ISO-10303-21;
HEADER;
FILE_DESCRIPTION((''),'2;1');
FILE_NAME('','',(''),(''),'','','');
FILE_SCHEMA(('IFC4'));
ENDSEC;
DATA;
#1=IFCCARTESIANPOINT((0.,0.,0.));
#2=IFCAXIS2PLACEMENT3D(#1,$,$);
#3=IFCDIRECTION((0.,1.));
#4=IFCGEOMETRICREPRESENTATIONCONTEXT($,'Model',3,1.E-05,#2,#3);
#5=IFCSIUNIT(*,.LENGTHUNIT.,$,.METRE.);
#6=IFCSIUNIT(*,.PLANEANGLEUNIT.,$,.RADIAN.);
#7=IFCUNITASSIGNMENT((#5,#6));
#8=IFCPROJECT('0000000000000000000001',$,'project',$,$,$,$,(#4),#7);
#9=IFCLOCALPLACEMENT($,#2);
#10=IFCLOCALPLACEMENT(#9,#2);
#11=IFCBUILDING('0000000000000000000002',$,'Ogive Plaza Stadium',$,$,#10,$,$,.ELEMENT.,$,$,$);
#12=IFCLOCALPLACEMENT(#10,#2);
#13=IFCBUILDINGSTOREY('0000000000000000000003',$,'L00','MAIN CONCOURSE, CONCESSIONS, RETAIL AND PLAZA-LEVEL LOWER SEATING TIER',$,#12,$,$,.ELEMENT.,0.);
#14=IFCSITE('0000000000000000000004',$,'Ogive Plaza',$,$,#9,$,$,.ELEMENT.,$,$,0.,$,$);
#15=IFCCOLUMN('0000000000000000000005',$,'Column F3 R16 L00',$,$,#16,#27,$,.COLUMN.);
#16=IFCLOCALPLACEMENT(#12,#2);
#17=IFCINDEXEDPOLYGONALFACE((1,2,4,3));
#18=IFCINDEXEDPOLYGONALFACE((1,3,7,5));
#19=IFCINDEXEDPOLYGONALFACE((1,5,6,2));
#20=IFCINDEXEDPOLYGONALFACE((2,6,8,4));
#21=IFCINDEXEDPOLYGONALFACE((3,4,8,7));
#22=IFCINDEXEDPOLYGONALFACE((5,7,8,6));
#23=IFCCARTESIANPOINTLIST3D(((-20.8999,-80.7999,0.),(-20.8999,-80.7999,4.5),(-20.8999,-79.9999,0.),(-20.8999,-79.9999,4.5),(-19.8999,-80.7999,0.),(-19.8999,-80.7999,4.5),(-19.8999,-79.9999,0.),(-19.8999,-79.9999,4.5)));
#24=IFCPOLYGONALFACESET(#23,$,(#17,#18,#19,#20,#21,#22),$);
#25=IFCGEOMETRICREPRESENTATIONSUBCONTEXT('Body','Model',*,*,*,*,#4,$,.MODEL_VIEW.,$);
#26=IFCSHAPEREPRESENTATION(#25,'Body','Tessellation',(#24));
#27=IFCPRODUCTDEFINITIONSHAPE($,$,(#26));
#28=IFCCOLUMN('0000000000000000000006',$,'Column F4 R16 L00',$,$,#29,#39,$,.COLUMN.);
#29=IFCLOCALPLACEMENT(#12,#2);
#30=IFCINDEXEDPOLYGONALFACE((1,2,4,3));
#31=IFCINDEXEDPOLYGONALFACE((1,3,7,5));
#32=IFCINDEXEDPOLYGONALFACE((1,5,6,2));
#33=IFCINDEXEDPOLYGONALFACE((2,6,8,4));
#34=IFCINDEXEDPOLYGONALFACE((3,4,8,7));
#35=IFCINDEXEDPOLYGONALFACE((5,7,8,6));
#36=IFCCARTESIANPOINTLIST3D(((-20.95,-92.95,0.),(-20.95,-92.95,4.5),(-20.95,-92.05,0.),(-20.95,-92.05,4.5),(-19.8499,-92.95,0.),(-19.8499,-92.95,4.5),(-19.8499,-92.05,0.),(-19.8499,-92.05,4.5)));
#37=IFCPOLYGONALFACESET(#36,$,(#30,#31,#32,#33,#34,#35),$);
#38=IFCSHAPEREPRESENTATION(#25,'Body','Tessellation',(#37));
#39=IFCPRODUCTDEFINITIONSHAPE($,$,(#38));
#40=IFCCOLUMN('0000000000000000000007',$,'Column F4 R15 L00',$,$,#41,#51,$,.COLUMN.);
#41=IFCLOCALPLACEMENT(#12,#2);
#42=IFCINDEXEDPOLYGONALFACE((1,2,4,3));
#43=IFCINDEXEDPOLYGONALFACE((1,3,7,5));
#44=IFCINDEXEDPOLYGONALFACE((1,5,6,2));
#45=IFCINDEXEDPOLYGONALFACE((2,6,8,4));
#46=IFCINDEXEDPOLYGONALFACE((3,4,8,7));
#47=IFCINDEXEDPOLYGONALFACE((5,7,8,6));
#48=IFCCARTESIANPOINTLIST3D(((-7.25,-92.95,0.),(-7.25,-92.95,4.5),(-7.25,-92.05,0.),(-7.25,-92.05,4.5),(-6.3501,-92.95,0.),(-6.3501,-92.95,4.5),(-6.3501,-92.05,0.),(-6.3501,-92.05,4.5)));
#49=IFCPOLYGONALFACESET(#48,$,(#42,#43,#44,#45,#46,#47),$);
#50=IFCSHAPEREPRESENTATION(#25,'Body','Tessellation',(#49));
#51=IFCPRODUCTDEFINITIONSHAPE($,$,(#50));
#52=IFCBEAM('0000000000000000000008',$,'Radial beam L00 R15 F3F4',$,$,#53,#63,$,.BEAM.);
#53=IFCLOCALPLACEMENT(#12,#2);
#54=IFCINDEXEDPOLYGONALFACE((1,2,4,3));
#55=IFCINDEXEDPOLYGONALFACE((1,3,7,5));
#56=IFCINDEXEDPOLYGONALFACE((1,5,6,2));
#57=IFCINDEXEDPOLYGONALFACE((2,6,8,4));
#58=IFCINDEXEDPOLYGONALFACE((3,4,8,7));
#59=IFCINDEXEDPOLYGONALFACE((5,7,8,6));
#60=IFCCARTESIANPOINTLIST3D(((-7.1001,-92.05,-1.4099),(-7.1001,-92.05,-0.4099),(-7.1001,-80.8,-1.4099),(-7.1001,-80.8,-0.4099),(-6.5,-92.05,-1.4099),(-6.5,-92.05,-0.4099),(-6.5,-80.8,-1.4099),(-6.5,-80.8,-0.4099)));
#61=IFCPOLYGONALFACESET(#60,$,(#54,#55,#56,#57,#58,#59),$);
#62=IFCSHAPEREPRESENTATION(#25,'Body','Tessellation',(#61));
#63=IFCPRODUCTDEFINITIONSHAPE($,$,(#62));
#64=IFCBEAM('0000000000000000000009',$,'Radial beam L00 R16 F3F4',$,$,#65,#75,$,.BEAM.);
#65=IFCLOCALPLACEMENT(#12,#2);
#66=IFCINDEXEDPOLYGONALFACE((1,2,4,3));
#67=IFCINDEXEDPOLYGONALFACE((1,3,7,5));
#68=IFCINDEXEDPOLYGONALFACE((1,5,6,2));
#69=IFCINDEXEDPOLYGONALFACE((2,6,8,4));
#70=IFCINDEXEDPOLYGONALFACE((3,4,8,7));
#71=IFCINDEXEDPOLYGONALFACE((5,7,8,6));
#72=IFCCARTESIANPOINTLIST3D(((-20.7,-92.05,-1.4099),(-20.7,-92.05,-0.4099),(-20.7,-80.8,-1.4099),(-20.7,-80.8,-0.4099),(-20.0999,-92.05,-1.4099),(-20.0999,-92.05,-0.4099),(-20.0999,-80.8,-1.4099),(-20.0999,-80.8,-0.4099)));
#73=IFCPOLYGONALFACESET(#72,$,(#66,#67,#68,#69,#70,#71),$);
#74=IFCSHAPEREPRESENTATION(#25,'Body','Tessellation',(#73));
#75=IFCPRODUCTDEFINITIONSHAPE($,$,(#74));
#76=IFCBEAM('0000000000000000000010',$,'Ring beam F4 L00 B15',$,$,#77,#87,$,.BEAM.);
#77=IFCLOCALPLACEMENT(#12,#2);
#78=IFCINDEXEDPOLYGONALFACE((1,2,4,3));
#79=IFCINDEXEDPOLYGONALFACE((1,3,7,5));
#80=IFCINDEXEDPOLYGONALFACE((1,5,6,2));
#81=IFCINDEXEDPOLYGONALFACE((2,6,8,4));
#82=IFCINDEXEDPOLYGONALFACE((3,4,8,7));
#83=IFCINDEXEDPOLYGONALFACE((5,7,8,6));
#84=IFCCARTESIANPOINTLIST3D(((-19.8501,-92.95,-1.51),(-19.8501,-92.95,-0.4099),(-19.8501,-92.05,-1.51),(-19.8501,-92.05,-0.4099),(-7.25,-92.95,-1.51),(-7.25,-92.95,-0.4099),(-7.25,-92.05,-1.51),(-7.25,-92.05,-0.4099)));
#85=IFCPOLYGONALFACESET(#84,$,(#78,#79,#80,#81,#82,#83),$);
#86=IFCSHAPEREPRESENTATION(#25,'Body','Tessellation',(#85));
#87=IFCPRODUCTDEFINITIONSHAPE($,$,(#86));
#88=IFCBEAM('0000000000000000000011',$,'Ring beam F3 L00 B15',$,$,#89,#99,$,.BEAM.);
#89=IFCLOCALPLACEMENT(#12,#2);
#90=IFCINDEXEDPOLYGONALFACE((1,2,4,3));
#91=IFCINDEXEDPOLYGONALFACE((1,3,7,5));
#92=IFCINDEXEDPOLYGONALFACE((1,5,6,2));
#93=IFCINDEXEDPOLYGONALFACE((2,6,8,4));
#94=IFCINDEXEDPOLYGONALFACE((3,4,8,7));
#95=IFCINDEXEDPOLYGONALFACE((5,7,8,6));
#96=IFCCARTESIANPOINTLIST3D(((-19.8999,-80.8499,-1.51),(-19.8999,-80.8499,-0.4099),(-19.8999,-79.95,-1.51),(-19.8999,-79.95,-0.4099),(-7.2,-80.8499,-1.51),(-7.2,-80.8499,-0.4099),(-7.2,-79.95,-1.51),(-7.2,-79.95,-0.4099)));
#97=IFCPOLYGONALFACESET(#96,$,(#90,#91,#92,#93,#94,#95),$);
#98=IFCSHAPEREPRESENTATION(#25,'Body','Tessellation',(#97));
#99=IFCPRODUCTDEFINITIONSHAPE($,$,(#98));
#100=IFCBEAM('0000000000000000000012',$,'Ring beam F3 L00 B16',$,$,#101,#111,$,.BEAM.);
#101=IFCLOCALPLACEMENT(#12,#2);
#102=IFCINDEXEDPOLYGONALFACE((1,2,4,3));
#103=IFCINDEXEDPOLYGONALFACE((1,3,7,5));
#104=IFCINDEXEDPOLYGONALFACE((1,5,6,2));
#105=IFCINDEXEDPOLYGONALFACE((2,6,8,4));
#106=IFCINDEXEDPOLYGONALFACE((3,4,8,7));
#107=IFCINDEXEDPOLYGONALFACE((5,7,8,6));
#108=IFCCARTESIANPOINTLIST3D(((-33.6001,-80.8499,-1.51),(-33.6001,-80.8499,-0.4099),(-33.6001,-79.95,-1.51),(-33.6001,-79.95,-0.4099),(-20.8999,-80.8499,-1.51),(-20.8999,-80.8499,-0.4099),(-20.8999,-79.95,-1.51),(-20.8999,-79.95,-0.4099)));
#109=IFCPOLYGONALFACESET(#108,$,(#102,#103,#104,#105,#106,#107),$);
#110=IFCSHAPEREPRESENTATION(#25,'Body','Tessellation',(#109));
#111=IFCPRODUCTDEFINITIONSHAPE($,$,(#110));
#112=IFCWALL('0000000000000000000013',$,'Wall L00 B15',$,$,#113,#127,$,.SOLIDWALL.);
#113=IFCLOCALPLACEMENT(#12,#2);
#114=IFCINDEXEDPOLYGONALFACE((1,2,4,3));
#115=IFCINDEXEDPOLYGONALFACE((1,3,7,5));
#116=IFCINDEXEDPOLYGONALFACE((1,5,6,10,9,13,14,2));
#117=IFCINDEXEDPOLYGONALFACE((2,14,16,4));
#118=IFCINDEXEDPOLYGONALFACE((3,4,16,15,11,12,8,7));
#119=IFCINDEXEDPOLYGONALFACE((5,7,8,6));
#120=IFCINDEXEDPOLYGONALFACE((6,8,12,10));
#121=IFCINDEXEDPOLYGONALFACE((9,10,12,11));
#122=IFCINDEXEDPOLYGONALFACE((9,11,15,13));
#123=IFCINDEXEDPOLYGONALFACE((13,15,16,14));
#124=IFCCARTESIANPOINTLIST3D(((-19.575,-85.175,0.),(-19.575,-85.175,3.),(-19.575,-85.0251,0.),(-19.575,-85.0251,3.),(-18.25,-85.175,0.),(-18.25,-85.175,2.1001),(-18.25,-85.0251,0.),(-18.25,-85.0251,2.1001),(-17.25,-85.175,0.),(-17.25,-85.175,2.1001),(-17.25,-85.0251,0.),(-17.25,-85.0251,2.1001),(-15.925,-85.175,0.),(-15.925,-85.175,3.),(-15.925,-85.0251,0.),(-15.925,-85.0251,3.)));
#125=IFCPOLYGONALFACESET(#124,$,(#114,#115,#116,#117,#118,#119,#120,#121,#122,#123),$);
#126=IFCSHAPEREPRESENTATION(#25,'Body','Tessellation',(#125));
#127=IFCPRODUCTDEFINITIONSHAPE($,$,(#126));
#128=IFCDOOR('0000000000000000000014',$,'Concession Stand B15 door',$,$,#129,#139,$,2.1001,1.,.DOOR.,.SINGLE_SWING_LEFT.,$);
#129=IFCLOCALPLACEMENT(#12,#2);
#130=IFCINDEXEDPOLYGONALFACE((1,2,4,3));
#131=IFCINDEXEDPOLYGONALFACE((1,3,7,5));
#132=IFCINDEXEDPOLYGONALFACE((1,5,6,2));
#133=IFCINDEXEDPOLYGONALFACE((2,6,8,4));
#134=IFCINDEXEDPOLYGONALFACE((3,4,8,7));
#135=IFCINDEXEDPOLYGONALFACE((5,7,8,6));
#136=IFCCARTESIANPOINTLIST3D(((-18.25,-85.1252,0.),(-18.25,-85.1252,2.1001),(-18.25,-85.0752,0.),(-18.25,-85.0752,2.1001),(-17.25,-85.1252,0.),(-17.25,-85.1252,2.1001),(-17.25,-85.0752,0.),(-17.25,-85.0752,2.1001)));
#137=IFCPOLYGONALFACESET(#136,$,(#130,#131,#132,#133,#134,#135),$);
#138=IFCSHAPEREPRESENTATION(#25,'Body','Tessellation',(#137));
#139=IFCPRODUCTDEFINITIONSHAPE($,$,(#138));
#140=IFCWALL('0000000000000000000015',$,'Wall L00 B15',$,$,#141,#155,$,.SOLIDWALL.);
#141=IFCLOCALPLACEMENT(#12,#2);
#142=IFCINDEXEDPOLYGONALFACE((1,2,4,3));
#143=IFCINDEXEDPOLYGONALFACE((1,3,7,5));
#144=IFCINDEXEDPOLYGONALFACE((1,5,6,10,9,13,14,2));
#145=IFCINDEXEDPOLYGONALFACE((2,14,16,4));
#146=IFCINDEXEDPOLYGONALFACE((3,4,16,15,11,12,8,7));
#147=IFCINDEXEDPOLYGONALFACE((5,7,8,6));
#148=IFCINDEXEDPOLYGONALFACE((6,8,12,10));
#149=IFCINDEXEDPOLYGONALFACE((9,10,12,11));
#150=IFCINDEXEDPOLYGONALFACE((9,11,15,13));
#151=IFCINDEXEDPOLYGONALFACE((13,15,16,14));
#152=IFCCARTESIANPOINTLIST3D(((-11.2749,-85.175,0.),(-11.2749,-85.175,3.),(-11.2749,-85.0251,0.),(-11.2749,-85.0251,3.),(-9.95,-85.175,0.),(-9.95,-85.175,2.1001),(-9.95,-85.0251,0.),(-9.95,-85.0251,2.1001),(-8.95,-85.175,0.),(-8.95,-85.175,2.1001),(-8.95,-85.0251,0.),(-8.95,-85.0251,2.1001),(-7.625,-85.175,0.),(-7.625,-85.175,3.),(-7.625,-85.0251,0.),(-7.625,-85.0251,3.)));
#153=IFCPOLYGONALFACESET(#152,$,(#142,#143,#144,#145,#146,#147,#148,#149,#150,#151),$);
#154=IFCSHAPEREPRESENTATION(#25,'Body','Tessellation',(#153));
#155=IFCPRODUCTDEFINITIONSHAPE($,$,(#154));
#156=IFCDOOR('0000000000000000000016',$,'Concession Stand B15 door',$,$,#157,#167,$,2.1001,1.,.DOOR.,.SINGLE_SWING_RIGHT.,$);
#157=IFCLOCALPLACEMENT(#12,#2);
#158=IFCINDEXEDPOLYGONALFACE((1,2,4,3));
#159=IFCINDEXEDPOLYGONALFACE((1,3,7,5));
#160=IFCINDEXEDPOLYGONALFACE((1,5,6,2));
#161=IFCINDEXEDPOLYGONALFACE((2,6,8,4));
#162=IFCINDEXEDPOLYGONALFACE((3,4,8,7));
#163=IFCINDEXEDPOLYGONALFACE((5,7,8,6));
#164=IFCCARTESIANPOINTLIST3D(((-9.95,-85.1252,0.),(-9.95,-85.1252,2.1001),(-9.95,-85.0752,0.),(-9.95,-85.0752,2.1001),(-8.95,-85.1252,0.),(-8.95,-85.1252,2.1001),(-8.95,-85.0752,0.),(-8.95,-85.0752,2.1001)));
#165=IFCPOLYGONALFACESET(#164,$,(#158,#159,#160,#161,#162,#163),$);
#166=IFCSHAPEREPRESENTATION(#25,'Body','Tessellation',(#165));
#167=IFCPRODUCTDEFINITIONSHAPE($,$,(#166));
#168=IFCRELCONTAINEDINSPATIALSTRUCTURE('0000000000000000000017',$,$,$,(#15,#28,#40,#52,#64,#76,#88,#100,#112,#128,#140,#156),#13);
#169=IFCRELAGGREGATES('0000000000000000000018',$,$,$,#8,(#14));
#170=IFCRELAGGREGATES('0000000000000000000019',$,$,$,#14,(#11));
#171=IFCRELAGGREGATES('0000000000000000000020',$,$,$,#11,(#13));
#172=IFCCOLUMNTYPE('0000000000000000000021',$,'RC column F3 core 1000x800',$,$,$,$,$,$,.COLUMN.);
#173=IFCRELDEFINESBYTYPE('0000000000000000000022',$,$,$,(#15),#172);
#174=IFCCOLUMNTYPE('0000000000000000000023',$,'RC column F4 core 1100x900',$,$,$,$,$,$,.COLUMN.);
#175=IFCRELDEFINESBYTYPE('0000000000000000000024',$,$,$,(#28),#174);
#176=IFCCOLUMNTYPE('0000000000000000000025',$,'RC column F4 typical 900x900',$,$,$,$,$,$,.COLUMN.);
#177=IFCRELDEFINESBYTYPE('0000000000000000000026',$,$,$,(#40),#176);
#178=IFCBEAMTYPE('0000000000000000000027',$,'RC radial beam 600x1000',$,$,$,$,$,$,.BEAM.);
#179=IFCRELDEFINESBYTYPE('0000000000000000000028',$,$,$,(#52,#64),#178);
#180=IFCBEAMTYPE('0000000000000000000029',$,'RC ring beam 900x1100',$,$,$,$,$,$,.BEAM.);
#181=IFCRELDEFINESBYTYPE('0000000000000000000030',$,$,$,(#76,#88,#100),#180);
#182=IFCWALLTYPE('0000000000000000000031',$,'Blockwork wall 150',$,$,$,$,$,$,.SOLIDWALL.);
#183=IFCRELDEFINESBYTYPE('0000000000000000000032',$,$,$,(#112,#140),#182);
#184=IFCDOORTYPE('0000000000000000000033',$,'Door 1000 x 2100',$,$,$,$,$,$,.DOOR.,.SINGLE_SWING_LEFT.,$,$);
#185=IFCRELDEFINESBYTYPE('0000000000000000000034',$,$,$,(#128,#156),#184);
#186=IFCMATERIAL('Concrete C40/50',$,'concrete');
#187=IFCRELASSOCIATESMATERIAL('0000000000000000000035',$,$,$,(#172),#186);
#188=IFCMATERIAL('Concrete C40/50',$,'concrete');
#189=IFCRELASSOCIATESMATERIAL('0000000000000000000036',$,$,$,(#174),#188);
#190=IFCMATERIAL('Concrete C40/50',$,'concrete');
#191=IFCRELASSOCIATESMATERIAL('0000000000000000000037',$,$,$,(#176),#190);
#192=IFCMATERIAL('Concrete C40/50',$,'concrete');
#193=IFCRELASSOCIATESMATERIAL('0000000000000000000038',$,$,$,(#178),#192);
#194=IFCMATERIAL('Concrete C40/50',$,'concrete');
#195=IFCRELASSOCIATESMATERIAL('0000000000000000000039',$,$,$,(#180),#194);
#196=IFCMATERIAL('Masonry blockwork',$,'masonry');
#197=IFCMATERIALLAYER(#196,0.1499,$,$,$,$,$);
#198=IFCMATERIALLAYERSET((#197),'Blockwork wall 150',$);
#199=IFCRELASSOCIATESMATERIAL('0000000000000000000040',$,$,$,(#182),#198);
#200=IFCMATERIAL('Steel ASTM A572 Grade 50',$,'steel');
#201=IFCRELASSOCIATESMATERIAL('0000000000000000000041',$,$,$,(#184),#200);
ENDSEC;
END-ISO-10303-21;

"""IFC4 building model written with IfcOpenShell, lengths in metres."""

from ifc_helpers import new_model, si_unit, direction, frame, frame_2d, origin, origin_2d, place, context, subcontext, project, spatial, rectangle, extrude, material, layer, layer_set, material_profile, profile_set, type_object, element, fill, save


model = new_model("IFC4")

# Units and contexts
model_context = context("Model", 3, precision=1e-05, world=origin(), true_north=direction((0.0, 1.0)))
body_context = subcontext(model_context, "Body", "Model", "MODEL_VIEW")
ifc_project = project(units=[si_unit("LENGTHUNIT", "METRE"), si_unit("PLANEANGLEUNIT", "RADIAN")], contexts=[model_context])

# Site, building, storey
site_placement = place(None, origin())
site = spatial("IfcSite", under=ifc_project, at=site_placement, Name="Ogive Plaza", CompositionType="ELEMENT", RefElevation=0.0)
building_placement = place(site_placement, origin())
building = spatial("IfcBuilding", under=site, at=building_placement, Name="Ogive Plaza Stadium", CompositionType="ELEMENT")
storey_placement = place(building_placement, origin())
storey = spatial("IfcBuildingStorey", under=building, at=storey_placement, Name="L00", Description="MAIN CONCOURSE, CONCESSIONS, RETAIL AND PLAZA-LEVEL LOWER SEATING TIER", CompositionType="ELEMENT", Elevation=0.0)

# Columns
ifc_material_1 = material(Name="Concrete C40/50", Category="concrete")
ifc_material_profile_1 = material_profile(ifc_material_1, rectangle(XDim=1.0, YDim=0.8, at=origin_2d()), Name="RC 1000x800")
ifc_profile_set_1 = profile_set([ifc_material_profile_1], Name="Concrete C40/50")
column_type_1 = type_object("IfcColumnType", Name="RC column F3 core 1000x800", PredefinedType="COLUMN", material=ifc_profile_set_1)
column_1_placement = place(storey_placement, frame((-20.3999, -80.3999, 0.0), z_axis=(0.0, 0.0, 1.0), x_axis=(1.0, 0.0, 0.0)))
element("IfcColumn", 1, at=column_1_placement, inside=storey, type_object=column_type_1, Name="Column F3 R16 L00", PredefinedType="COLUMN", context=body_context, shape_type="SweptSolid", body=[
    extrude(rectangle(XDim=1.0, YDim=0.8, at=origin_2d()), origin(), (0.0, 0.0, 1.0), 4.5),
])
ifc_material_2 = material(Name="Concrete C40/50", Category="concrete")
ifc_material_profile_2 = material_profile(ifc_material_2, rectangle(XDim=1.1001, YDim=0.8999, at=origin_2d()), Name="RC 1100x900")
ifc_profile_set_2 = profile_set([ifc_material_profile_2], Name="Concrete C40/50")
column_type_2 = type_object("IfcColumnType", Name="RC column F4 core 1100x900", PredefinedType="COLUMN", material=ifc_profile_set_2)
column_2_placement = place(storey_placement, frame((-20.3999, -92.5, 0.0), z_axis=(0.0, 0.0, 1.0), x_axis=(1.0, 0.0, 0.0)))
element("IfcColumn", 2, at=column_2_placement, inside=storey, type_object=column_type_2, Name="Column F4 R16 L00", PredefinedType="COLUMN", context=body_context, shape_type="SweptSolid", body=[
    extrude(rectangle(XDim=1.1001, YDim=0.8999, at=origin_2d()), origin(), (0.0, 0.0, 1.0), 4.5),
])
ifc_material_3 = material(Name="Concrete C40/50", Category="concrete")
ifc_material_profile_3 = material_profile(ifc_material_3, rectangle(XDim=0.8999, YDim=0.8999, at=origin_2d()), Name="RC 900x900")
ifc_profile_set_3 = profile_set([ifc_material_profile_3], Name="Concrete C40/50")
column_type_3 = type_object("IfcColumnType", Name="RC column F4 typical 900x900", PredefinedType="COLUMN", material=ifc_profile_set_3)
column_3_placement = place(storey_placement, frame((-6.8, -92.5, 0.0), z_axis=(0.0, 0.0, 1.0), x_axis=(1.0, 0.0, 0.0)))
element("IfcColumn", 3, at=column_3_placement, inside=storey, type_object=column_type_3, Name="Column F4 R15 L00", PredefinedType="COLUMN", context=body_context, shape_type="SweptSolid", body=[
    extrude(rectangle(XDim=0.8999, YDim=0.8999, at=origin_2d()), origin(), (0.0, 0.0, 1.0), 4.5),
])

# Beams
ifc_material_4 = material(Name="Concrete C40/50", Category="concrete")
ifc_material_profile_4 = material_profile(ifc_material_4, rectangle(XDim=0.6001, YDim=1.0, at=origin_2d()), Name="RC 600x1000")
ifc_profile_set_4 = profile_set([ifc_material_profile_4], Name="Concrete C40/50")
beam_type_1 = type_object("IfcBeamType", Name="RC radial beam 600x1000", PredefinedType="BEAM", material=ifc_profile_set_4)
for number, where, z_axis, x_axis, name in (
    (4, (-6.8, -80.8, -0.9099), (0.0, -1.0, 0.0), (1.0, 0.0, 0.0), "Radial beam L00 R15 F3F4"),
    (5, (-20.3999, -80.8, -0.9099), (0.0, -1.0, 0.0), (1.0, 0.0, 0.0), "Radial beam L00 R16 F3F4"),
):
    element("IfcBeam", number, at=place(storey_placement, frame(where, z_axis=z_axis, x_axis=x_axis)), inside=storey, type_object=beam_type_1, Name=name, PredefinedType="BEAM", context=body_context, shape_type="SweptSolid", body=[
        extrude(rectangle(XDim=0.6001, YDim=1.0, at=origin_2d()), origin(), (0.0, 0.0, 1.0), 11.25),
    ])
ifc_material_5 = material(Name="Concrete C40/50", Category="concrete")
ifc_material_profile_5 = material_profile(ifc_material_5, rectangle(XDim=0.8999, YDim=1.1001, at=origin_2d()), Name="RC 900x1100")
ifc_profile_set_5 = profile_set([ifc_material_profile_5], Name="Concrete C40/50")
beam_type_2 = type_object("IfcBeamType", Name="RC ring beam 900x1100", PredefinedType="BEAM", material=ifc_profile_set_5)
beam_1_placement = place(storey_placement, frame((-7.25, -92.5, -0.96), z_axis=(-1.0, 0.0, 0.0), x_axis=(0.0, -1.0, 0.0)))
element("IfcBeam", 6, at=beam_1_placement, inside=storey, type_object=beam_type_2, Name="Ring beam F4 L00 B15", PredefinedType="BEAM", context=body_context, shape_type="SweptSolid", body=[
    extrude(rectangle(XDim=0.8999, YDim=1.1001, at=origin_2d()), origin(), (0.0, 0.0, 1.0), 12.6001),
])
beam_2_placement = place(storey_placement, frame((-7.2, -80.3999, -0.96), z_axis=(-1.0, 0.0, 0.0), x_axis=(0.0, -1.0, 0.0)))
element("IfcBeam", 7, at=beam_2_placement, inside=storey, type_object=beam_type_2, Name="Ring beam F3 L00 B15", PredefinedType="BEAM", context=body_context, shape_type="SweptSolid", body=[
    extrude(rectangle(XDim=0.8999, YDim=1.1001, at=origin_2d()), origin(), (0.0, 0.0, 1.0), 12.7),
])
beam_3_placement = place(storey_placement, frame((-20.8999, -80.3999, -0.96), z_axis=(-1.0, 0.0, 0.0), x_axis=(0.0, -1.0, 0.0)))
element("IfcBeam", 8, at=beam_3_placement, inside=storey, type_object=beam_type_2, Name="Ring beam F3 L00 B16", PredefinedType="BEAM", context=body_context, shape_type="SweptSolid", body=[
    extrude(rectangle(XDim=0.8999, YDim=1.1001, at=origin_2d()), origin(), (0.0, 0.0, 1.0), 12.7002),
])

# Walls, openings, doors
ifc_material_6 = material(Name="Masonry blockwork", Category="masonry")
ifc_layer_1 = layer(ifc_material_6, 0.1499)
ifc_layer_set_1 = layer_set([ifc_layer_1], Name="Blockwork wall 150")
wall_type_1 = type_object("IfcWallType", Name="Blockwork wall 150", PredefinedType="SOLIDWALL", material=ifc_layer_set_1)
wall_1_placement = place(storey_placement, frame((-19.575, -85.1001, 0.0), z_axis=(0.0, 0.0, 1.0), x_axis=(1.0, 0.0, 0.0)))
wall_1 = element("IfcWall", 9, at=wall_1_placement, inside=storey, type_object=wall_type_1, Name="Wall L00 B15", PredefinedType="SOLIDWALL", context=body_context, shape_type="SweptSolid", body=[
    extrude(rectangle(XDim=3.6499, YDim=0.1499, at=frame_2d((1.825, 0.0))), origin(), (0.0, 0.0, 1.0), 3.0),
])
opening_1_placement = place(wall_1_placement, frame((1.325, 0.0, 0.0)))
opening_1 = element("IfcOpeningElement", 10, at=opening_1_placement, cuts=wall_1, PredefinedType="OPENING", context=body_context, shape_type="SweptSolid", body=[
    extrude(rectangle(XDim=1.0, YDim=2.1001, at=frame_2d((0.5, 1.05))), frame((0.0, 0.075, 0.0), z_axis=(0.0, -1.0, 0.0), x_axis=(1.0, 0.0, 0.0)), (0.0, 0.0, 1.0), 0.1499),
])
ifc_material_7 = material(Name="Steel ASTM A572 Grade 50", Category="steel")
door_type_1 = type_object("IfcDoorType", Name="Door 1000 x 2100", OperationType="SINGLE_SWING_LEFT", PredefinedType="DOOR", material=ifc_material_7)
door_1_placement = place(opening_1_placement, origin())
door_1 = element("IfcDoor", 11, at=door_1_placement, inside=storey, type_object=door_type_1, Name="Concession Stand B15 door", OperationType="SINGLE_SWING_LEFT", OverallHeight=2.1001, OverallWidth=1.0, PredefinedType="DOOR", context=body_context, shape_type="SweptSolid", body=[
    extrude(rectangle(XDim=1.0, YDim=2.1001, at=frame_2d((0.5, 1.05))), frame((0.0, 0.0249, 0.0), z_axis=(0.0, -1.0, 0.0), x_axis=(1.0, 0.0, 0.0)), (0.0, 0.0, 1.0), 0.05),
])
fill(opening_1, door_1)
wall_2_placement = place(storey_placement, frame((-11.2749, -85.1001, 0.0), z_axis=(0.0, 0.0, 1.0), x_axis=(1.0, 0.0, 0.0)))
wall_2 = element("IfcWall", 12, at=wall_2_placement, inside=storey, type_object=wall_type_1, Name="Wall L00 B15", PredefinedType="SOLIDWALL", context=body_context, shape_type="SweptSolid", body=[
    extrude(rectangle(XDim=3.6499, YDim=0.1499, at=frame_2d((1.825, 0.0))), origin(), (0.0, 0.0, 1.0), 3.0),
])
opening_2_placement = place(wall_2_placement, frame((1.325, 0.0, 0.0)))
opening_2 = element("IfcOpeningElement", 13, at=opening_2_placement, cuts=wall_2, PredefinedType="OPENING", context=body_context, shape_type="SweptSolid", body=[
    extrude(rectangle(XDim=1.0, YDim=2.1001, at=frame_2d((0.5, 1.05))), frame((0.0, 0.075, 0.0), z_axis=(0.0, -1.0, 0.0), x_axis=(1.0, 0.0, 0.0)), (0.0, 0.0, 1.0), 0.1499),
])
door_2_placement = place(opening_2_placement, origin())
door_2 = element("IfcDoor", 14, at=door_2_placement, inside=storey, type_object=door_type_1, Name="Concession Stand B15 door", OperationType="SINGLE_SWING_RIGHT", OverallHeight=2.1001, OverallWidth=1.0, PredefinedType="DOOR", context=body_context, shape_type="SweptSolid", body=[
    extrude(rectangle(XDim=1.0, YDim=2.1001, at=frame_2d((0.5, 1.05))), frame((0.0, 0.0249, 0.0), z_axis=(0.0, -1.0, 0.0), x_axis=(1.0, 0.0, 0.0)), (0.0, 0.0, 1.0), 0.05),
])
fill(opening_2, door_2)

save(model, "model.ifc")
